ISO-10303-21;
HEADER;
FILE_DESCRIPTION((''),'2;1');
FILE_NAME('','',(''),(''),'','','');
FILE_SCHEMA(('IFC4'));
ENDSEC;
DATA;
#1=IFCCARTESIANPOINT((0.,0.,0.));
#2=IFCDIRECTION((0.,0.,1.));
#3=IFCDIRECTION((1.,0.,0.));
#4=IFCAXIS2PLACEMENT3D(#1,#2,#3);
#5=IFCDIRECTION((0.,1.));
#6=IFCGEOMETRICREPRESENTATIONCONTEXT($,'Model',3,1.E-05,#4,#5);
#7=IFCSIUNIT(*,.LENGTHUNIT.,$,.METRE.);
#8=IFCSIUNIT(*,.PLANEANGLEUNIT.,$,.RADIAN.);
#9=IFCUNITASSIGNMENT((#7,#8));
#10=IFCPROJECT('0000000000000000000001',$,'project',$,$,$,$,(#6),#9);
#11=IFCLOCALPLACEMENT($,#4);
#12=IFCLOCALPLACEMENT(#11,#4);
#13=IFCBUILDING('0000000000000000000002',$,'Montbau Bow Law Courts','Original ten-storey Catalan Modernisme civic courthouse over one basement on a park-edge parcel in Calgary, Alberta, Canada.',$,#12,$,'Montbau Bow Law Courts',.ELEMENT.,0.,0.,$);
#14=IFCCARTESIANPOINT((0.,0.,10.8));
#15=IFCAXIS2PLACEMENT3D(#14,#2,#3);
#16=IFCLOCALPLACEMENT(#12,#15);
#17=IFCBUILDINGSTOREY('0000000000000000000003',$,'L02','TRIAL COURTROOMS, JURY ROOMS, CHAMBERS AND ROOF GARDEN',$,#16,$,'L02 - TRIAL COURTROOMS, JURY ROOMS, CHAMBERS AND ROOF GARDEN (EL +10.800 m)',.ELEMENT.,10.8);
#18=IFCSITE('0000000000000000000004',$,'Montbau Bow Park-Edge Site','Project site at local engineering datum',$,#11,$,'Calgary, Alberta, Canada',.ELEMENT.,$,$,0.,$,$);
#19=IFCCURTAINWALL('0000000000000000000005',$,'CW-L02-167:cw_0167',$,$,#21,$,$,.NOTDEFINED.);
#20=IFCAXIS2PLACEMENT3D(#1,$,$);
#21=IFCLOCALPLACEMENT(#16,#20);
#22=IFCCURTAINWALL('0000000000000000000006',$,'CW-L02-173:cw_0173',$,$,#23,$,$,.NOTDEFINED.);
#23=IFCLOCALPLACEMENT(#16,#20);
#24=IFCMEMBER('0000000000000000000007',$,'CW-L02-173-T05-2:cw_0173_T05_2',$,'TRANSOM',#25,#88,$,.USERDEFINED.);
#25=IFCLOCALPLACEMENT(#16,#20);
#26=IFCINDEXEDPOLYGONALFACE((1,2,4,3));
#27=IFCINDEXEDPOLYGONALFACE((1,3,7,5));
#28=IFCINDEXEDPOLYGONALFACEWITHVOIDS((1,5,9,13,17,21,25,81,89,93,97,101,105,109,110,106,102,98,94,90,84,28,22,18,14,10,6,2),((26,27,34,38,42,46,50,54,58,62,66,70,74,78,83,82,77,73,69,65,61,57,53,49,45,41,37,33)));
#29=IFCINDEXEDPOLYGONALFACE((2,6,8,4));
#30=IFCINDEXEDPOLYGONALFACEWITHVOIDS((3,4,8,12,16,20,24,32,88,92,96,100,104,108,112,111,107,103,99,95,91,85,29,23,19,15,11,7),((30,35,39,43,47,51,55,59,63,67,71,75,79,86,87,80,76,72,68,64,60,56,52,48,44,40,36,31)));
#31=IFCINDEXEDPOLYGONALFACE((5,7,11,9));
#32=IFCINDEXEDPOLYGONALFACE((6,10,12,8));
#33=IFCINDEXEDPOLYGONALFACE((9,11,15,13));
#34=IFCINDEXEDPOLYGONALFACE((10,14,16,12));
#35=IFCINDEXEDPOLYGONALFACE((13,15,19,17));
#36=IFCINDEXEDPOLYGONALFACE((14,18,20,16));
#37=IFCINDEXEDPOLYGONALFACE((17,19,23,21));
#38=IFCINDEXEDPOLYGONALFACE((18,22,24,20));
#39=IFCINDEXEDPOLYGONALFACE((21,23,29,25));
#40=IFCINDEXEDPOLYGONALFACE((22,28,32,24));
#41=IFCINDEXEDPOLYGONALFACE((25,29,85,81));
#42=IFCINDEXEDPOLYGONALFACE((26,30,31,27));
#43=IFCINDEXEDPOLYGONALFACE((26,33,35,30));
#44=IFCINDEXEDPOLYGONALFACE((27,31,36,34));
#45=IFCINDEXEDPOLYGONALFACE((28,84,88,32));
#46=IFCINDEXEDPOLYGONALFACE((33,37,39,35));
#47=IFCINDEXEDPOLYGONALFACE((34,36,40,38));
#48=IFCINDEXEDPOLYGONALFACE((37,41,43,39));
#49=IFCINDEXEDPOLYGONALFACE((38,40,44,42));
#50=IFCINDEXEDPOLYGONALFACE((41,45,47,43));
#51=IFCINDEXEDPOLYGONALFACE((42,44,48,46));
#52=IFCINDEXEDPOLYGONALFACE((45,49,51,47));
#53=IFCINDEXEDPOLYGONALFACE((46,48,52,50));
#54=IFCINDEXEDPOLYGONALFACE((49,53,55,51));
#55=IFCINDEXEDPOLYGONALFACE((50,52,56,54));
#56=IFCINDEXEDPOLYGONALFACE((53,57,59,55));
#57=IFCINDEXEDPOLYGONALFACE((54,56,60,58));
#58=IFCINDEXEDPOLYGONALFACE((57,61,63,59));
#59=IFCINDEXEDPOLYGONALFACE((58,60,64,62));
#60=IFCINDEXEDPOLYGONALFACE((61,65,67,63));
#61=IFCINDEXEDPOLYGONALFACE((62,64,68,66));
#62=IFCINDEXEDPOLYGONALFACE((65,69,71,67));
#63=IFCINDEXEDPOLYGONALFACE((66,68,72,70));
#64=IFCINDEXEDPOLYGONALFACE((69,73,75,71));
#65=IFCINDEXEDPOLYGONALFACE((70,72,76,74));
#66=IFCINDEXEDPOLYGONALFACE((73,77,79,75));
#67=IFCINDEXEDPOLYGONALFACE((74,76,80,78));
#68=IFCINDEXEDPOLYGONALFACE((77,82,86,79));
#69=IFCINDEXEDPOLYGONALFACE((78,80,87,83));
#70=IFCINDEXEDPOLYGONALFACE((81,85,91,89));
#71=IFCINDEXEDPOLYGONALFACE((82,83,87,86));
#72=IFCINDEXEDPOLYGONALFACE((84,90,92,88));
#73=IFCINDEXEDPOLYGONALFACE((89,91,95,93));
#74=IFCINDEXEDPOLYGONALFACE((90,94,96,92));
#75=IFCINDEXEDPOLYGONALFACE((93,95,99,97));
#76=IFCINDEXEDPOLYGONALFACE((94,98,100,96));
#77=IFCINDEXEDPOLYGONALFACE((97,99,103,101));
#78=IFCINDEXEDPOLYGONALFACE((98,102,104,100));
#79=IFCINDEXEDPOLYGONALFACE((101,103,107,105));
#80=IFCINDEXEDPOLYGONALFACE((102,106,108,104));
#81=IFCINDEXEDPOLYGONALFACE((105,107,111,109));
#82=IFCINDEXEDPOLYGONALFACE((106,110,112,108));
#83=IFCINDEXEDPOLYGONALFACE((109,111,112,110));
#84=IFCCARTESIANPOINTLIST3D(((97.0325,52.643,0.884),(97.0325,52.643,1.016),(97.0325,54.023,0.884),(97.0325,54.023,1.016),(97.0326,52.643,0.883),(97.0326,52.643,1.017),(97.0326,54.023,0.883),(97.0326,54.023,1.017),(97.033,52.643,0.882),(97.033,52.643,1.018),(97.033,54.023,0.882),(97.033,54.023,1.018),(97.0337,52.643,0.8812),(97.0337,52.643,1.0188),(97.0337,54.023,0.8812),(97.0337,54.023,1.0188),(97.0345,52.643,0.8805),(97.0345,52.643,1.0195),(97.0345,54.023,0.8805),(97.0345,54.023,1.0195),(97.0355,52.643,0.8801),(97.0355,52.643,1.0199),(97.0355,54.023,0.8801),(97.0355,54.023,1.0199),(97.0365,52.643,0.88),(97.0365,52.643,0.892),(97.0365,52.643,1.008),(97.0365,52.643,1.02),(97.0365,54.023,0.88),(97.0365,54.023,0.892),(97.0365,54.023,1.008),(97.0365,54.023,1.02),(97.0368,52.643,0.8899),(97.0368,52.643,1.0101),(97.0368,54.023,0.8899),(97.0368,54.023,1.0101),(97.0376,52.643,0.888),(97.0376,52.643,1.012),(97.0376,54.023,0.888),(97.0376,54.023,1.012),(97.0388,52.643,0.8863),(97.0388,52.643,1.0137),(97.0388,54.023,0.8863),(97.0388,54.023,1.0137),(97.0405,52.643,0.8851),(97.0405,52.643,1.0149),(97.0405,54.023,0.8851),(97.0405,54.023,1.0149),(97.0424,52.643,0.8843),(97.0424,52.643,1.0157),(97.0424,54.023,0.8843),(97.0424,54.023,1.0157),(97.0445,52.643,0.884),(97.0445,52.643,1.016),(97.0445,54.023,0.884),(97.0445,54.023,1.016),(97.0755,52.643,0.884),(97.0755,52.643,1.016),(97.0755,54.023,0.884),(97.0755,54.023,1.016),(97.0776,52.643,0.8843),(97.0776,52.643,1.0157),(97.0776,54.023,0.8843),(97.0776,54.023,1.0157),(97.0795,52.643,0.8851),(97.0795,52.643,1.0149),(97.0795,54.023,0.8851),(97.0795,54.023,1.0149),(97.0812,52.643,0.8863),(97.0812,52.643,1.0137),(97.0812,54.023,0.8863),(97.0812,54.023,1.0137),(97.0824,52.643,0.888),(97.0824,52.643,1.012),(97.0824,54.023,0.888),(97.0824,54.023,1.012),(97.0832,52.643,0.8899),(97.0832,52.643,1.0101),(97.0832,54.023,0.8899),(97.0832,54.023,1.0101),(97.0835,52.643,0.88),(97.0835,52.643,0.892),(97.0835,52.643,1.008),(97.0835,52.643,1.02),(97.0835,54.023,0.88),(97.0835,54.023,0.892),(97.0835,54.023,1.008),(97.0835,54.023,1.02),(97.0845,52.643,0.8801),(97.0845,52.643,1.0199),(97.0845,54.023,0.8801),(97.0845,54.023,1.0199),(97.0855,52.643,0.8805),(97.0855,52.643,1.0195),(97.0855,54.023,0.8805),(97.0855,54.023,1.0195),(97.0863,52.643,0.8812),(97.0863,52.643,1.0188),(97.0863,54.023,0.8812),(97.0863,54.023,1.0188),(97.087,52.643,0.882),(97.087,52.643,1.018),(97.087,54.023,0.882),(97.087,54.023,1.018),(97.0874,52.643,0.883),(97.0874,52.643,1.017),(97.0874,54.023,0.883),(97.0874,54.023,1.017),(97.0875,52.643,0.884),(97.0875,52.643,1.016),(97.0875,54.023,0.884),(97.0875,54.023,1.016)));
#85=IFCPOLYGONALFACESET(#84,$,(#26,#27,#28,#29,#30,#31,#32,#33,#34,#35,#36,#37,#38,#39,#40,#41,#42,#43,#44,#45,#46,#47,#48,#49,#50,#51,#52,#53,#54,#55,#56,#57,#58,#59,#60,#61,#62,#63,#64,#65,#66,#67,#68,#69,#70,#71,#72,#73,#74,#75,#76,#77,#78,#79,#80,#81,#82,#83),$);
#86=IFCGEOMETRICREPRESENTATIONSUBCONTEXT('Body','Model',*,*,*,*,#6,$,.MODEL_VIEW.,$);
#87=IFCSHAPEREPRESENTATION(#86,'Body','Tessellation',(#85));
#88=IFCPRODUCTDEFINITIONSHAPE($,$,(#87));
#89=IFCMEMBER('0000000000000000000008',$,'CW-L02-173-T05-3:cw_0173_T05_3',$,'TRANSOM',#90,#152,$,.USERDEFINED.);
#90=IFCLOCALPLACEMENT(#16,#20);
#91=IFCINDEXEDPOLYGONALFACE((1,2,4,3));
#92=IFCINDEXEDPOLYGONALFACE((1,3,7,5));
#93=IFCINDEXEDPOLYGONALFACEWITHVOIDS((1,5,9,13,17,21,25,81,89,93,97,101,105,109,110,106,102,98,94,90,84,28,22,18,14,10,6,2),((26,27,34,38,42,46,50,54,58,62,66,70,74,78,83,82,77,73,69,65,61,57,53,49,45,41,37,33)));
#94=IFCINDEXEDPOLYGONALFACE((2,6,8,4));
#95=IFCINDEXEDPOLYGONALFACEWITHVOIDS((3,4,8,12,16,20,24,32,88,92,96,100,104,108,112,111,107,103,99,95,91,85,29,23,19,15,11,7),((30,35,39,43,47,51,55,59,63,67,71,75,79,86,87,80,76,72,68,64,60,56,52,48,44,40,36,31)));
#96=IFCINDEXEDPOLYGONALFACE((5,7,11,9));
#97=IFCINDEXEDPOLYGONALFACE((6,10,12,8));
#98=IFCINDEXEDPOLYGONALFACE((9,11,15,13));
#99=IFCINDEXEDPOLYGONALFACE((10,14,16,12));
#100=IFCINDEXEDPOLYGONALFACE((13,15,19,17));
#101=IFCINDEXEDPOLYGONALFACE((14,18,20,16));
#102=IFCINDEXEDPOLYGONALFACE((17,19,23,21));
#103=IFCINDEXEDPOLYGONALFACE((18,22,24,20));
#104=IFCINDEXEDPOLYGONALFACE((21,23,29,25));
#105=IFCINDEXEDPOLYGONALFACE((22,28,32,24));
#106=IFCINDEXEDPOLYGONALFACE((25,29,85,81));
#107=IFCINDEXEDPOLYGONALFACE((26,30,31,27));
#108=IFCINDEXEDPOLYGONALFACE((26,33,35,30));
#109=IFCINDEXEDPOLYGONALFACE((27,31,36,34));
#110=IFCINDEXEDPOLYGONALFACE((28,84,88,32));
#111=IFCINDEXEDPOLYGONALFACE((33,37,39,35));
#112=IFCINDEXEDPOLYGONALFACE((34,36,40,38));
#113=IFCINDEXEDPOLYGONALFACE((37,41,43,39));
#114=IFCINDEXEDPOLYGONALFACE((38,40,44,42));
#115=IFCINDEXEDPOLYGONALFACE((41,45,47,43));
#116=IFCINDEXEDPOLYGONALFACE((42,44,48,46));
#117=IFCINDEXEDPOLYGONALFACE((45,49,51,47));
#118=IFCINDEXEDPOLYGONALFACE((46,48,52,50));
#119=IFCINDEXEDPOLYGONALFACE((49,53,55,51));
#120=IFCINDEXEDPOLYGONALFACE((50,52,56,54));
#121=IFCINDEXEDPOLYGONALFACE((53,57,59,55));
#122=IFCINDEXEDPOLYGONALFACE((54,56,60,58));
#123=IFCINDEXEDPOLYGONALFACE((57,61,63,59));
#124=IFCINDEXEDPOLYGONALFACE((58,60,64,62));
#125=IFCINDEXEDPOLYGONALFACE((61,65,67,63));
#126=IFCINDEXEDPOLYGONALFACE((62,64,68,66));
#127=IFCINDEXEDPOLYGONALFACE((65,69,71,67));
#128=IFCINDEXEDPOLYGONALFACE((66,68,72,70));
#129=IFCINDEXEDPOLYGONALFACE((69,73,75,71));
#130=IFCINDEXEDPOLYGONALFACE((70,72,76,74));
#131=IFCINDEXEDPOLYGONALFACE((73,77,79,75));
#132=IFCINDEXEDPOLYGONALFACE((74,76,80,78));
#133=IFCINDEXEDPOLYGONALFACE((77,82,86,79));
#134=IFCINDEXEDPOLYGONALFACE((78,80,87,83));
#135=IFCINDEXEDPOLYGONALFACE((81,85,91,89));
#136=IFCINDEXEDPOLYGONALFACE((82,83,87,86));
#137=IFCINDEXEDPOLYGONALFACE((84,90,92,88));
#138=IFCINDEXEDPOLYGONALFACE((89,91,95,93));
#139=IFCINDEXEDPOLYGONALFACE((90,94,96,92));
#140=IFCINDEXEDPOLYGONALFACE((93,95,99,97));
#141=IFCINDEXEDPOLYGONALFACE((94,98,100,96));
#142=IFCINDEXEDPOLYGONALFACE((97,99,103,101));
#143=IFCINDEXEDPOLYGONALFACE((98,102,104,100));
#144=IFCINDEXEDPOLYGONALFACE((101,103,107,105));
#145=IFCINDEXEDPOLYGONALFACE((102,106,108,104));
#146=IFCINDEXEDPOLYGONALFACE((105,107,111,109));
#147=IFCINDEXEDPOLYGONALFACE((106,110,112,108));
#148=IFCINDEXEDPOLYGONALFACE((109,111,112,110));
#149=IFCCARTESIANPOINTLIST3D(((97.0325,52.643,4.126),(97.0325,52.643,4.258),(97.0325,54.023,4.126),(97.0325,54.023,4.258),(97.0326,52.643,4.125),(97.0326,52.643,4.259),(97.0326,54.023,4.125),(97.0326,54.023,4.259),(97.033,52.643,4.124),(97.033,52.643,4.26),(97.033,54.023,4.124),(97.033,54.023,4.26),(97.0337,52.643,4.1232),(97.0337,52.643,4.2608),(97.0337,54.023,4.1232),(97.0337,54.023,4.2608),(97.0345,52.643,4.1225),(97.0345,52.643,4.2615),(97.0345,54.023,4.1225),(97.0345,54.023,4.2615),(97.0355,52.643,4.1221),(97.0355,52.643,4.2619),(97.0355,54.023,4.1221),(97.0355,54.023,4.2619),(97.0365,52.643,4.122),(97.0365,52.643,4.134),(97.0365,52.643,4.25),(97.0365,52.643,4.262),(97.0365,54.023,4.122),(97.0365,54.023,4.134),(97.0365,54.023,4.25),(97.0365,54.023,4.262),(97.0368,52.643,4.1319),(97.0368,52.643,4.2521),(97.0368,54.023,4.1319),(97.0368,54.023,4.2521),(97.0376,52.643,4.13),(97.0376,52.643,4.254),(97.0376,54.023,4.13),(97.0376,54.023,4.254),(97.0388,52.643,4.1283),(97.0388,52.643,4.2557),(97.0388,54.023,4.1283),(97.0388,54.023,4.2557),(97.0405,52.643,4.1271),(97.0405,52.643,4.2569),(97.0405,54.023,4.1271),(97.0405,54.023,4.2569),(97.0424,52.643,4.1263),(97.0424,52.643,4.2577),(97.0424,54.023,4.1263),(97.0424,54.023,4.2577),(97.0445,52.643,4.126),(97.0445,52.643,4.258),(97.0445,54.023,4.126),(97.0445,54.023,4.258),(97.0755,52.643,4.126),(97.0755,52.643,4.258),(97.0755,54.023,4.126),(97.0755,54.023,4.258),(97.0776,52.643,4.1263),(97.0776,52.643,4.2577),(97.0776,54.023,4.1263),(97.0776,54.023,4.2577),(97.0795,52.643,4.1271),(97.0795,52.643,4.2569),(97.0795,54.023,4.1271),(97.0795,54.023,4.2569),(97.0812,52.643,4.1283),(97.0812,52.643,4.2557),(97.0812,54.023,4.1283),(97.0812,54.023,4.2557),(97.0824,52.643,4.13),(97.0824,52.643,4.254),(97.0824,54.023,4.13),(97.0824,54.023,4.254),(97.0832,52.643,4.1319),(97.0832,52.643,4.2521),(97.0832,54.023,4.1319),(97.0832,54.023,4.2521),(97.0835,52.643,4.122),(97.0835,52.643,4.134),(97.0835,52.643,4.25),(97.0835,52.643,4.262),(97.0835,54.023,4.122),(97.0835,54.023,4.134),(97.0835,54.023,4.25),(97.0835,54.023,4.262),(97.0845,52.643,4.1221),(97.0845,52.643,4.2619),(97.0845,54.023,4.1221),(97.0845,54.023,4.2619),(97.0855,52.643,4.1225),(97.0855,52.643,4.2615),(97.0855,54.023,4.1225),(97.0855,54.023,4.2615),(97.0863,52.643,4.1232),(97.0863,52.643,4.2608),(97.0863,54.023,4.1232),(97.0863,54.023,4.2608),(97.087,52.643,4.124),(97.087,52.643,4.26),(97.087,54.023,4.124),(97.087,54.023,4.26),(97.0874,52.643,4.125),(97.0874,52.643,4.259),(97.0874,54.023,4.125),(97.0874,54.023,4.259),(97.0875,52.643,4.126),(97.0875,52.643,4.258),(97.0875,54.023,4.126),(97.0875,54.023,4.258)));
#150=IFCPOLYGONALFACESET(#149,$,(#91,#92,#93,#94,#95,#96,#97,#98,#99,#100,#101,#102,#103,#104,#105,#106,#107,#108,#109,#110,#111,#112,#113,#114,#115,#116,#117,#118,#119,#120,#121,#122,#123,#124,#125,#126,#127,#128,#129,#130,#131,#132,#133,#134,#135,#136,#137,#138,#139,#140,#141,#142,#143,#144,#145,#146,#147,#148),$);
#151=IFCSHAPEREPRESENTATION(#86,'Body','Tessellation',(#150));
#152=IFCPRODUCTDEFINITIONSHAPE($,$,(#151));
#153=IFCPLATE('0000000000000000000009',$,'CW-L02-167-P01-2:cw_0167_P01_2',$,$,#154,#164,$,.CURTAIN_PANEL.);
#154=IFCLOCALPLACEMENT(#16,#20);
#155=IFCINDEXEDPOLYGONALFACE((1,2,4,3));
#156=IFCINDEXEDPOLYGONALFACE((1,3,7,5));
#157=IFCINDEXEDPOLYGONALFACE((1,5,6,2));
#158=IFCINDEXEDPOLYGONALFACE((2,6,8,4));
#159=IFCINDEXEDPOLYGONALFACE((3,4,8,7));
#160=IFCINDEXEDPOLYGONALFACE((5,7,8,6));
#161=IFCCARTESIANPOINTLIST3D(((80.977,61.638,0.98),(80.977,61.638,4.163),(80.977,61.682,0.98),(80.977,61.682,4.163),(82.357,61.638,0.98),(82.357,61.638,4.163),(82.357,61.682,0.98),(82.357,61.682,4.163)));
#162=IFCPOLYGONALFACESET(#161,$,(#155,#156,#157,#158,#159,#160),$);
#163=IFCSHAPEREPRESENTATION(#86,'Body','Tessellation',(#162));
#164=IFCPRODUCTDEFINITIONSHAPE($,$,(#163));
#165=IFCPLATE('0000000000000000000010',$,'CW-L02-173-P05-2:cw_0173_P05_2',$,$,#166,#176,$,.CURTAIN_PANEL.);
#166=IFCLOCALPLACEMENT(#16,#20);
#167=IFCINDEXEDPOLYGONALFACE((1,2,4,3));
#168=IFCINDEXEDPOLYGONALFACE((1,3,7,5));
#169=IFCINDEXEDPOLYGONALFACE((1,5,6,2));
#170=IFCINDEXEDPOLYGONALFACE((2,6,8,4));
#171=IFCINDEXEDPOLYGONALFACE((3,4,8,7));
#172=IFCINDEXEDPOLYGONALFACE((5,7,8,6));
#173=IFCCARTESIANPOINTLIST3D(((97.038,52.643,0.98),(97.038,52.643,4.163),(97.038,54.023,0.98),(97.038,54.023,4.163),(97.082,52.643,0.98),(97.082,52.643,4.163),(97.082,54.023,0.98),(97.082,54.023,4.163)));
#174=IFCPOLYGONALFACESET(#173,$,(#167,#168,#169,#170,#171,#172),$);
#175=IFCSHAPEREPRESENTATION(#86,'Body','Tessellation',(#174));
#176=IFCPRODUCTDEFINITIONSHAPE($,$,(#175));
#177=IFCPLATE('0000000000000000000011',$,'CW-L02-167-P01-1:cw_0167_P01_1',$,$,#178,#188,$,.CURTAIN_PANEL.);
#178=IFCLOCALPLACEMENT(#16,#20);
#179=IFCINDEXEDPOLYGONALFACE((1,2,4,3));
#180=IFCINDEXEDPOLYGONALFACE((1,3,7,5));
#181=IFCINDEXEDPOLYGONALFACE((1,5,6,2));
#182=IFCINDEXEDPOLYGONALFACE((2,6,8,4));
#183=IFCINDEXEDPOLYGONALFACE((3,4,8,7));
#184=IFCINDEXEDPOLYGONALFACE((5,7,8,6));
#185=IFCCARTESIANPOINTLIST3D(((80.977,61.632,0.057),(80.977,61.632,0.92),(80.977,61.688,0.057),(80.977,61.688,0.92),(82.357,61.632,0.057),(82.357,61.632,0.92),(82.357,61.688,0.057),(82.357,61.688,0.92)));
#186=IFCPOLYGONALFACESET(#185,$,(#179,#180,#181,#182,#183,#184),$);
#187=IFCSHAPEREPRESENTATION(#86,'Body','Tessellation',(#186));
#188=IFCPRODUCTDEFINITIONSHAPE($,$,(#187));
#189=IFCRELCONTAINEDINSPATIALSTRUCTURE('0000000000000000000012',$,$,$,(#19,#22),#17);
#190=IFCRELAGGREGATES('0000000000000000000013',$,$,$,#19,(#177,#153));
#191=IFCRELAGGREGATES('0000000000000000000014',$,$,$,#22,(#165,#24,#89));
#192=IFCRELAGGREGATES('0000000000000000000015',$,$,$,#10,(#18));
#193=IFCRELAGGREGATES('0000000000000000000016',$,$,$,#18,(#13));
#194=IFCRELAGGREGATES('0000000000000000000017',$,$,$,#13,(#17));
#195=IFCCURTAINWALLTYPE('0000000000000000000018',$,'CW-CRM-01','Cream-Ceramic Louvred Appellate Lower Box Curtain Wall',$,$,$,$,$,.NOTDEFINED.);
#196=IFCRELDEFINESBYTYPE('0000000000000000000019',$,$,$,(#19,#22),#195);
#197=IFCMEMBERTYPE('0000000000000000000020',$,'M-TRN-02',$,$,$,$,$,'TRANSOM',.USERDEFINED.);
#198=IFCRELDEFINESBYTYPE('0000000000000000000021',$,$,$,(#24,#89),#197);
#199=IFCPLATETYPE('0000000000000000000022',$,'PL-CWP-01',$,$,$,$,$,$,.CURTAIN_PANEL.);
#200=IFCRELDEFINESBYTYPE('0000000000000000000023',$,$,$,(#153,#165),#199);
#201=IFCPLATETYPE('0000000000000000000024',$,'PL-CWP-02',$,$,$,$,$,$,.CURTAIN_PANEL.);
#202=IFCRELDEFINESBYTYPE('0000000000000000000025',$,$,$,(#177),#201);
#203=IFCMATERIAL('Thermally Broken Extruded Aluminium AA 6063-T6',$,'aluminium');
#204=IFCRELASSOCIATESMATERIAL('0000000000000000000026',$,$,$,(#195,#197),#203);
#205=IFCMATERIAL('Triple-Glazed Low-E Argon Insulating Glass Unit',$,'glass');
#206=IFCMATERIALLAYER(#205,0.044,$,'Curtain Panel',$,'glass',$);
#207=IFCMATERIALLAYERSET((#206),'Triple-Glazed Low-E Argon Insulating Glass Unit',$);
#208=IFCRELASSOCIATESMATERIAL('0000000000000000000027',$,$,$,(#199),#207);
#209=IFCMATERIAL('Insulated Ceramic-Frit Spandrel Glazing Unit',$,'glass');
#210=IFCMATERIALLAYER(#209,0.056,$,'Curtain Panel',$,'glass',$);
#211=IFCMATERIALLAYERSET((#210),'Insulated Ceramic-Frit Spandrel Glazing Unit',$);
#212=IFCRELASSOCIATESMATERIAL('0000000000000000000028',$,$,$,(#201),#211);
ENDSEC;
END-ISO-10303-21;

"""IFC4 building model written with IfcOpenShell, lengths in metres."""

from ifc_helpers import new_model, si_unit, direction, frame, frame_2d, origin_with_axes, origin_2d_with_axis, place, context, subcontext, project, spatial, rectangle, hollow_rectangle, extrude, material, layer, layer_set, material_profile, profile_set, type_object, element, aggregate, save


model = new_model("IFC4")

# Units and contexts
model_context = context("Model", 3, precision=1e-05, world=origin_with_axes(), true_north=direction((0.0, 1.0)))
body_context = subcontext(model_context, "Body", "Model", "MODEL_VIEW")
ifc_project = project(units=[si_unit("LENGTHUNIT", "METRE"), si_unit("PLANEANGLEUNIT", "RADIAN")], contexts=[model_context])

# Site, building, storey
site_placement = place(None, origin_with_axes())
site = spatial("IfcSite", under=ifc_project, at=site_placement, Name="Montbau Bow Park-Edge Site", Description="Project site at local engineering datum", LongName="Calgary, Alberta, Canada", CompositionType="ELEMENT", RefElevation=0.0)
building_placement = place(site_placement, origin_with_axes())
building = spatial("IfcBuilding", under=site, at=building_placement, Name="Montbau Bow Law Courts", Description="Original ten-storey Catalan Modernisme civic courthouse over one basement on a park-edge parcel in Calgary, Alberta, Canada.", LongName="Montbau Bow Law Courts", CompositionType="ELEMENT", ElevationOfRefHeight=0.0, ElevationOfTerrain=0.0)
storey_placement = place(building_placement, frame((0.0, 0.0, 10.8), z_axis=(0.0, 0.0, 1.0), x_axis=(1.0, 0.0, 0.0)))
storey = spatial("IfcBuildingStorey", under=building, at=storey_placement, Name="L02", Description="TRIAL COURTROOMS, JURY ROOMS, CHAMBERS AND ROOF GARDEN", LongName="L02 - TRIAL COURTROOMS, JURY ROOMS, CHAMBERS AND ROOF GARDEN (EL +10.800 m)", CompositionType="ELEMENT", Elevation=10.8)

# Curtain wall
ifc_material_1 = material(Name="Thermally Broken Extruded Aluminium AA 6063-T6", Category="aluminium")
curtain_wall_type = type_object("IfcCurtainWallType", Name="CW-CRM-01", Description="Cream-Ceramic Louvred Appellate Lower Box Curtain Wall", PredefinedType="NOTDEFINED", material=ifc_material_1)
curtain_wall_1_placement = place(None, frame((80.915, 61.66, 10.8), z_axis=(0.0, 0.0, 1.0), x_axis=(1.0, 0.0, 0.0)))
curtain_wall_1 = element("IfcCurtainWall", 1, at=curtain_wall_1_placement, inside=storey, type_object=curtain_wall_type, Name="CW-L02-167:cw_0167", PredefinedType="NOTDEFINED")

# Curtain wall
curtain_wall_2_placement = place(None, frame((97.06, 46.715, 10.8), z_axis=(0.0, 0.0, 1.0), x_axis=(1.0, 0.0, 0.0)))
curtain_wall_2 = element("IfcCurtainWall", 2, at=curtain_wall_2_placement, inside=storey, type_object=curtain_wall_type, Name="CW-L02-173:cw_0173", PredefinedType="NOTDEFINED")

# Members
ifc_material_profile_1 = material_profile(ifc_material_1, hollow_rectangle(XDim=0.055, YDim=0.14, WallThickness=0.004, InnerFilletRadius=0.008, OuterFilletRadius=0.004, at=origin_2d_with_axis()), Name="CWT-140X55", Category="Main", Priority=0)
ifc_profile_set_1 = profile_set([ifc_material_profile_1], Name="Thermally Broken Extruded Aluminium AA 6063-T6")
member_type_1 = type_object("IfcMemberType", Name="M-TRN-02", ElementType="TRANSOM", PredefinedType="USERDEFINED", material=ifc_profile_set_1)
member_1_placement = place(None, frame((97.06, 52.643, 11.75), z_axis=(0.0, 1.0, 0.0), x_axis=(-1.0, 0.0, 0.0)))
member_1 = element("IfcMember", 3, at=member_1_placement, type_object=member_type_1, Name="CW-L02-173-T05-2:cw_0173_T05_2", ObjectType="TRANSOM", PredefinedType="USERDEFINED", context=body_context, shape_type="SweptSolid", body=[
    extrude(hollow_rectangle(XDim=0.055, YDim=0.14, WallThickness=0.004, InnerFilletRadius=0.008, OuterFilletRadius=0.004, at=origin_2d_with_axis()), origin_with_axes(), (0.0, 0.0, 1.0), 1.38),
])
member_2_placement = place(None, frame((97.06, 52.643, 14.992), z_axis=(0.0, 1.0, 0.0), x_axis=(-1.0, 0.0, 0.0)))
member_2 = element("IfcMember", 4, at=member_2_placement, type_object=member_type_1, Name="CW-L02-173-T05-3:cw_0173_T05_3", ObjectType="TRANSOM", PredefinedType="USERDEFINED", context=body_context, shape_type="SweptSolid", body=[
    extrude(hollow_rectangle(XDim=0.055, YDim=0.14, WallThickness=0.004, InnerFilletRadius=0.008, OuterFilletRadius=0.004, at=origin_2d_with_axis()), origin_with_axes(), (0.0, 0.0, 1.0), 1.38),
])

# Plates
ifc_material_2 = material(Name="Triple-Glazed Low-E Argon Insulating Glass Unit", Category="glass")
ifc_layer_1 = layer(ifc_material_2, 0.044, Name="Curtain Panel", Category="glass")
ifc_layer_set_1 = layer_set([ifc_layer_1], Name="Triple-Glazed Low-E Argon Insulating Glass Unit")
plate_type_1 = type_object("IfcPlateType", Name="PL-CWP-01", PredefinedType="CURTAIN_PANEL", material=ifc_layer_set_1)
plate_1_placement = place(None, frame((80.977, 61.66, 11.78), z_axis=(0.0, -1.0, 0.0), x_axis=(1.0, 0.0, 0.0)))
plate_1 = element("IfcPlate", 5, at=plate_1_placement, type_object=plate_type_1, Name="CW-L02-167-P01-2:cw_0167_P01_2", PredefinedType="CURTAIN_PANEL", context=body_context, shape_type="SweptSolid", body=[
    extrude(rectangle(XDim=1.38, YDim=3.183, at=frame_2d((0.69, 1.5915), x_axis=(1.0, 0.0))), frame((0.0, 0.0, -0.022), z_axis=(0.0, 0.0, 1.0), x_axis=(1.0, 0.0, 0.0)), (0.0, 0.0, 1.0), 0.044),
])
plate_2_placement = place(None, frame((97.06, 52.643, 11.78), z_axis=(1.0, 0.0, 0.0), x_axis=(0.0, 1.0, 0.0)))
plate_2 = element("IfcPlate", 6, at=plate_2_placement, type_object=plate_type_1, Name="CW-L02-173-P05-2:cw_0173_P05_2", PredefinedType="CURTAIN_PANEL", context=body_context, shape_type="SweptSolid", body=[
    extrude(rectangle(XDim=1.38, YDim=3.183, at=frame_2d((0.69, 1.5915), x_axis=(1.0, 0.0))), frame((0.0, 0.0, -0.022), z_axis=(0.0, 0.0, 1.0), x_axis=(1.0, 0.0, 0.0)), (0.0, 0.0, 1.0), 0.044),
])
ifc_material_3 = material(Name="Insulated Ceramic-Frit Spandrel Glazing Unit", Category="glass")
ifc_layer_2 = layer(ifc_material_3, 0.056, Name="Curtain Panel", Category="glass")
ifc_layer_set_2 = layer_set([ifc_layer_2], Name="Insulated Ceramic-Frit Spandrel Glazing Unit")
plate_type_2 = type_object("IfcPlateType", Name="PL-CWP-02", PredefinedType="CURTAIN_PANEL", material=ifc_layer_set_2)
plate_3_placement = place(None, frame((80.977, 61.66, 10.857), z_axis=(0.0, -1.0, 0.0), x_axis=(1.0, 0.0, 0.0)))
plate_3 = element("IfcPlate", 7, at=plate_3_placement, type_object=plate_type_2, Name="CW-L02-167-P01-1:cw_0167_P01_1", PredefinedType="CURTAIN_PANEL", context=body_context, shape_type="SweptSolid", body=[
    extrude(rectangle(XDim=1.38, YDim=0.863, at=frame_2d((0.69, 0.4315), x_axis=(1.0, 0.0))), frame((0.0, 0.0, -0.028), z_axis=(0.0, 0.0, 1.0), x_axis=(1.0, 0.0, 0.0)), (0.0, 0.0, 1.0), 0.056),
])
aggregate(curtain_wall_1, [plate_3, plate_1])
aggregate(curtain_wall_2, [plate_2, member_1, member_2])

save(model, "model.ifc")
